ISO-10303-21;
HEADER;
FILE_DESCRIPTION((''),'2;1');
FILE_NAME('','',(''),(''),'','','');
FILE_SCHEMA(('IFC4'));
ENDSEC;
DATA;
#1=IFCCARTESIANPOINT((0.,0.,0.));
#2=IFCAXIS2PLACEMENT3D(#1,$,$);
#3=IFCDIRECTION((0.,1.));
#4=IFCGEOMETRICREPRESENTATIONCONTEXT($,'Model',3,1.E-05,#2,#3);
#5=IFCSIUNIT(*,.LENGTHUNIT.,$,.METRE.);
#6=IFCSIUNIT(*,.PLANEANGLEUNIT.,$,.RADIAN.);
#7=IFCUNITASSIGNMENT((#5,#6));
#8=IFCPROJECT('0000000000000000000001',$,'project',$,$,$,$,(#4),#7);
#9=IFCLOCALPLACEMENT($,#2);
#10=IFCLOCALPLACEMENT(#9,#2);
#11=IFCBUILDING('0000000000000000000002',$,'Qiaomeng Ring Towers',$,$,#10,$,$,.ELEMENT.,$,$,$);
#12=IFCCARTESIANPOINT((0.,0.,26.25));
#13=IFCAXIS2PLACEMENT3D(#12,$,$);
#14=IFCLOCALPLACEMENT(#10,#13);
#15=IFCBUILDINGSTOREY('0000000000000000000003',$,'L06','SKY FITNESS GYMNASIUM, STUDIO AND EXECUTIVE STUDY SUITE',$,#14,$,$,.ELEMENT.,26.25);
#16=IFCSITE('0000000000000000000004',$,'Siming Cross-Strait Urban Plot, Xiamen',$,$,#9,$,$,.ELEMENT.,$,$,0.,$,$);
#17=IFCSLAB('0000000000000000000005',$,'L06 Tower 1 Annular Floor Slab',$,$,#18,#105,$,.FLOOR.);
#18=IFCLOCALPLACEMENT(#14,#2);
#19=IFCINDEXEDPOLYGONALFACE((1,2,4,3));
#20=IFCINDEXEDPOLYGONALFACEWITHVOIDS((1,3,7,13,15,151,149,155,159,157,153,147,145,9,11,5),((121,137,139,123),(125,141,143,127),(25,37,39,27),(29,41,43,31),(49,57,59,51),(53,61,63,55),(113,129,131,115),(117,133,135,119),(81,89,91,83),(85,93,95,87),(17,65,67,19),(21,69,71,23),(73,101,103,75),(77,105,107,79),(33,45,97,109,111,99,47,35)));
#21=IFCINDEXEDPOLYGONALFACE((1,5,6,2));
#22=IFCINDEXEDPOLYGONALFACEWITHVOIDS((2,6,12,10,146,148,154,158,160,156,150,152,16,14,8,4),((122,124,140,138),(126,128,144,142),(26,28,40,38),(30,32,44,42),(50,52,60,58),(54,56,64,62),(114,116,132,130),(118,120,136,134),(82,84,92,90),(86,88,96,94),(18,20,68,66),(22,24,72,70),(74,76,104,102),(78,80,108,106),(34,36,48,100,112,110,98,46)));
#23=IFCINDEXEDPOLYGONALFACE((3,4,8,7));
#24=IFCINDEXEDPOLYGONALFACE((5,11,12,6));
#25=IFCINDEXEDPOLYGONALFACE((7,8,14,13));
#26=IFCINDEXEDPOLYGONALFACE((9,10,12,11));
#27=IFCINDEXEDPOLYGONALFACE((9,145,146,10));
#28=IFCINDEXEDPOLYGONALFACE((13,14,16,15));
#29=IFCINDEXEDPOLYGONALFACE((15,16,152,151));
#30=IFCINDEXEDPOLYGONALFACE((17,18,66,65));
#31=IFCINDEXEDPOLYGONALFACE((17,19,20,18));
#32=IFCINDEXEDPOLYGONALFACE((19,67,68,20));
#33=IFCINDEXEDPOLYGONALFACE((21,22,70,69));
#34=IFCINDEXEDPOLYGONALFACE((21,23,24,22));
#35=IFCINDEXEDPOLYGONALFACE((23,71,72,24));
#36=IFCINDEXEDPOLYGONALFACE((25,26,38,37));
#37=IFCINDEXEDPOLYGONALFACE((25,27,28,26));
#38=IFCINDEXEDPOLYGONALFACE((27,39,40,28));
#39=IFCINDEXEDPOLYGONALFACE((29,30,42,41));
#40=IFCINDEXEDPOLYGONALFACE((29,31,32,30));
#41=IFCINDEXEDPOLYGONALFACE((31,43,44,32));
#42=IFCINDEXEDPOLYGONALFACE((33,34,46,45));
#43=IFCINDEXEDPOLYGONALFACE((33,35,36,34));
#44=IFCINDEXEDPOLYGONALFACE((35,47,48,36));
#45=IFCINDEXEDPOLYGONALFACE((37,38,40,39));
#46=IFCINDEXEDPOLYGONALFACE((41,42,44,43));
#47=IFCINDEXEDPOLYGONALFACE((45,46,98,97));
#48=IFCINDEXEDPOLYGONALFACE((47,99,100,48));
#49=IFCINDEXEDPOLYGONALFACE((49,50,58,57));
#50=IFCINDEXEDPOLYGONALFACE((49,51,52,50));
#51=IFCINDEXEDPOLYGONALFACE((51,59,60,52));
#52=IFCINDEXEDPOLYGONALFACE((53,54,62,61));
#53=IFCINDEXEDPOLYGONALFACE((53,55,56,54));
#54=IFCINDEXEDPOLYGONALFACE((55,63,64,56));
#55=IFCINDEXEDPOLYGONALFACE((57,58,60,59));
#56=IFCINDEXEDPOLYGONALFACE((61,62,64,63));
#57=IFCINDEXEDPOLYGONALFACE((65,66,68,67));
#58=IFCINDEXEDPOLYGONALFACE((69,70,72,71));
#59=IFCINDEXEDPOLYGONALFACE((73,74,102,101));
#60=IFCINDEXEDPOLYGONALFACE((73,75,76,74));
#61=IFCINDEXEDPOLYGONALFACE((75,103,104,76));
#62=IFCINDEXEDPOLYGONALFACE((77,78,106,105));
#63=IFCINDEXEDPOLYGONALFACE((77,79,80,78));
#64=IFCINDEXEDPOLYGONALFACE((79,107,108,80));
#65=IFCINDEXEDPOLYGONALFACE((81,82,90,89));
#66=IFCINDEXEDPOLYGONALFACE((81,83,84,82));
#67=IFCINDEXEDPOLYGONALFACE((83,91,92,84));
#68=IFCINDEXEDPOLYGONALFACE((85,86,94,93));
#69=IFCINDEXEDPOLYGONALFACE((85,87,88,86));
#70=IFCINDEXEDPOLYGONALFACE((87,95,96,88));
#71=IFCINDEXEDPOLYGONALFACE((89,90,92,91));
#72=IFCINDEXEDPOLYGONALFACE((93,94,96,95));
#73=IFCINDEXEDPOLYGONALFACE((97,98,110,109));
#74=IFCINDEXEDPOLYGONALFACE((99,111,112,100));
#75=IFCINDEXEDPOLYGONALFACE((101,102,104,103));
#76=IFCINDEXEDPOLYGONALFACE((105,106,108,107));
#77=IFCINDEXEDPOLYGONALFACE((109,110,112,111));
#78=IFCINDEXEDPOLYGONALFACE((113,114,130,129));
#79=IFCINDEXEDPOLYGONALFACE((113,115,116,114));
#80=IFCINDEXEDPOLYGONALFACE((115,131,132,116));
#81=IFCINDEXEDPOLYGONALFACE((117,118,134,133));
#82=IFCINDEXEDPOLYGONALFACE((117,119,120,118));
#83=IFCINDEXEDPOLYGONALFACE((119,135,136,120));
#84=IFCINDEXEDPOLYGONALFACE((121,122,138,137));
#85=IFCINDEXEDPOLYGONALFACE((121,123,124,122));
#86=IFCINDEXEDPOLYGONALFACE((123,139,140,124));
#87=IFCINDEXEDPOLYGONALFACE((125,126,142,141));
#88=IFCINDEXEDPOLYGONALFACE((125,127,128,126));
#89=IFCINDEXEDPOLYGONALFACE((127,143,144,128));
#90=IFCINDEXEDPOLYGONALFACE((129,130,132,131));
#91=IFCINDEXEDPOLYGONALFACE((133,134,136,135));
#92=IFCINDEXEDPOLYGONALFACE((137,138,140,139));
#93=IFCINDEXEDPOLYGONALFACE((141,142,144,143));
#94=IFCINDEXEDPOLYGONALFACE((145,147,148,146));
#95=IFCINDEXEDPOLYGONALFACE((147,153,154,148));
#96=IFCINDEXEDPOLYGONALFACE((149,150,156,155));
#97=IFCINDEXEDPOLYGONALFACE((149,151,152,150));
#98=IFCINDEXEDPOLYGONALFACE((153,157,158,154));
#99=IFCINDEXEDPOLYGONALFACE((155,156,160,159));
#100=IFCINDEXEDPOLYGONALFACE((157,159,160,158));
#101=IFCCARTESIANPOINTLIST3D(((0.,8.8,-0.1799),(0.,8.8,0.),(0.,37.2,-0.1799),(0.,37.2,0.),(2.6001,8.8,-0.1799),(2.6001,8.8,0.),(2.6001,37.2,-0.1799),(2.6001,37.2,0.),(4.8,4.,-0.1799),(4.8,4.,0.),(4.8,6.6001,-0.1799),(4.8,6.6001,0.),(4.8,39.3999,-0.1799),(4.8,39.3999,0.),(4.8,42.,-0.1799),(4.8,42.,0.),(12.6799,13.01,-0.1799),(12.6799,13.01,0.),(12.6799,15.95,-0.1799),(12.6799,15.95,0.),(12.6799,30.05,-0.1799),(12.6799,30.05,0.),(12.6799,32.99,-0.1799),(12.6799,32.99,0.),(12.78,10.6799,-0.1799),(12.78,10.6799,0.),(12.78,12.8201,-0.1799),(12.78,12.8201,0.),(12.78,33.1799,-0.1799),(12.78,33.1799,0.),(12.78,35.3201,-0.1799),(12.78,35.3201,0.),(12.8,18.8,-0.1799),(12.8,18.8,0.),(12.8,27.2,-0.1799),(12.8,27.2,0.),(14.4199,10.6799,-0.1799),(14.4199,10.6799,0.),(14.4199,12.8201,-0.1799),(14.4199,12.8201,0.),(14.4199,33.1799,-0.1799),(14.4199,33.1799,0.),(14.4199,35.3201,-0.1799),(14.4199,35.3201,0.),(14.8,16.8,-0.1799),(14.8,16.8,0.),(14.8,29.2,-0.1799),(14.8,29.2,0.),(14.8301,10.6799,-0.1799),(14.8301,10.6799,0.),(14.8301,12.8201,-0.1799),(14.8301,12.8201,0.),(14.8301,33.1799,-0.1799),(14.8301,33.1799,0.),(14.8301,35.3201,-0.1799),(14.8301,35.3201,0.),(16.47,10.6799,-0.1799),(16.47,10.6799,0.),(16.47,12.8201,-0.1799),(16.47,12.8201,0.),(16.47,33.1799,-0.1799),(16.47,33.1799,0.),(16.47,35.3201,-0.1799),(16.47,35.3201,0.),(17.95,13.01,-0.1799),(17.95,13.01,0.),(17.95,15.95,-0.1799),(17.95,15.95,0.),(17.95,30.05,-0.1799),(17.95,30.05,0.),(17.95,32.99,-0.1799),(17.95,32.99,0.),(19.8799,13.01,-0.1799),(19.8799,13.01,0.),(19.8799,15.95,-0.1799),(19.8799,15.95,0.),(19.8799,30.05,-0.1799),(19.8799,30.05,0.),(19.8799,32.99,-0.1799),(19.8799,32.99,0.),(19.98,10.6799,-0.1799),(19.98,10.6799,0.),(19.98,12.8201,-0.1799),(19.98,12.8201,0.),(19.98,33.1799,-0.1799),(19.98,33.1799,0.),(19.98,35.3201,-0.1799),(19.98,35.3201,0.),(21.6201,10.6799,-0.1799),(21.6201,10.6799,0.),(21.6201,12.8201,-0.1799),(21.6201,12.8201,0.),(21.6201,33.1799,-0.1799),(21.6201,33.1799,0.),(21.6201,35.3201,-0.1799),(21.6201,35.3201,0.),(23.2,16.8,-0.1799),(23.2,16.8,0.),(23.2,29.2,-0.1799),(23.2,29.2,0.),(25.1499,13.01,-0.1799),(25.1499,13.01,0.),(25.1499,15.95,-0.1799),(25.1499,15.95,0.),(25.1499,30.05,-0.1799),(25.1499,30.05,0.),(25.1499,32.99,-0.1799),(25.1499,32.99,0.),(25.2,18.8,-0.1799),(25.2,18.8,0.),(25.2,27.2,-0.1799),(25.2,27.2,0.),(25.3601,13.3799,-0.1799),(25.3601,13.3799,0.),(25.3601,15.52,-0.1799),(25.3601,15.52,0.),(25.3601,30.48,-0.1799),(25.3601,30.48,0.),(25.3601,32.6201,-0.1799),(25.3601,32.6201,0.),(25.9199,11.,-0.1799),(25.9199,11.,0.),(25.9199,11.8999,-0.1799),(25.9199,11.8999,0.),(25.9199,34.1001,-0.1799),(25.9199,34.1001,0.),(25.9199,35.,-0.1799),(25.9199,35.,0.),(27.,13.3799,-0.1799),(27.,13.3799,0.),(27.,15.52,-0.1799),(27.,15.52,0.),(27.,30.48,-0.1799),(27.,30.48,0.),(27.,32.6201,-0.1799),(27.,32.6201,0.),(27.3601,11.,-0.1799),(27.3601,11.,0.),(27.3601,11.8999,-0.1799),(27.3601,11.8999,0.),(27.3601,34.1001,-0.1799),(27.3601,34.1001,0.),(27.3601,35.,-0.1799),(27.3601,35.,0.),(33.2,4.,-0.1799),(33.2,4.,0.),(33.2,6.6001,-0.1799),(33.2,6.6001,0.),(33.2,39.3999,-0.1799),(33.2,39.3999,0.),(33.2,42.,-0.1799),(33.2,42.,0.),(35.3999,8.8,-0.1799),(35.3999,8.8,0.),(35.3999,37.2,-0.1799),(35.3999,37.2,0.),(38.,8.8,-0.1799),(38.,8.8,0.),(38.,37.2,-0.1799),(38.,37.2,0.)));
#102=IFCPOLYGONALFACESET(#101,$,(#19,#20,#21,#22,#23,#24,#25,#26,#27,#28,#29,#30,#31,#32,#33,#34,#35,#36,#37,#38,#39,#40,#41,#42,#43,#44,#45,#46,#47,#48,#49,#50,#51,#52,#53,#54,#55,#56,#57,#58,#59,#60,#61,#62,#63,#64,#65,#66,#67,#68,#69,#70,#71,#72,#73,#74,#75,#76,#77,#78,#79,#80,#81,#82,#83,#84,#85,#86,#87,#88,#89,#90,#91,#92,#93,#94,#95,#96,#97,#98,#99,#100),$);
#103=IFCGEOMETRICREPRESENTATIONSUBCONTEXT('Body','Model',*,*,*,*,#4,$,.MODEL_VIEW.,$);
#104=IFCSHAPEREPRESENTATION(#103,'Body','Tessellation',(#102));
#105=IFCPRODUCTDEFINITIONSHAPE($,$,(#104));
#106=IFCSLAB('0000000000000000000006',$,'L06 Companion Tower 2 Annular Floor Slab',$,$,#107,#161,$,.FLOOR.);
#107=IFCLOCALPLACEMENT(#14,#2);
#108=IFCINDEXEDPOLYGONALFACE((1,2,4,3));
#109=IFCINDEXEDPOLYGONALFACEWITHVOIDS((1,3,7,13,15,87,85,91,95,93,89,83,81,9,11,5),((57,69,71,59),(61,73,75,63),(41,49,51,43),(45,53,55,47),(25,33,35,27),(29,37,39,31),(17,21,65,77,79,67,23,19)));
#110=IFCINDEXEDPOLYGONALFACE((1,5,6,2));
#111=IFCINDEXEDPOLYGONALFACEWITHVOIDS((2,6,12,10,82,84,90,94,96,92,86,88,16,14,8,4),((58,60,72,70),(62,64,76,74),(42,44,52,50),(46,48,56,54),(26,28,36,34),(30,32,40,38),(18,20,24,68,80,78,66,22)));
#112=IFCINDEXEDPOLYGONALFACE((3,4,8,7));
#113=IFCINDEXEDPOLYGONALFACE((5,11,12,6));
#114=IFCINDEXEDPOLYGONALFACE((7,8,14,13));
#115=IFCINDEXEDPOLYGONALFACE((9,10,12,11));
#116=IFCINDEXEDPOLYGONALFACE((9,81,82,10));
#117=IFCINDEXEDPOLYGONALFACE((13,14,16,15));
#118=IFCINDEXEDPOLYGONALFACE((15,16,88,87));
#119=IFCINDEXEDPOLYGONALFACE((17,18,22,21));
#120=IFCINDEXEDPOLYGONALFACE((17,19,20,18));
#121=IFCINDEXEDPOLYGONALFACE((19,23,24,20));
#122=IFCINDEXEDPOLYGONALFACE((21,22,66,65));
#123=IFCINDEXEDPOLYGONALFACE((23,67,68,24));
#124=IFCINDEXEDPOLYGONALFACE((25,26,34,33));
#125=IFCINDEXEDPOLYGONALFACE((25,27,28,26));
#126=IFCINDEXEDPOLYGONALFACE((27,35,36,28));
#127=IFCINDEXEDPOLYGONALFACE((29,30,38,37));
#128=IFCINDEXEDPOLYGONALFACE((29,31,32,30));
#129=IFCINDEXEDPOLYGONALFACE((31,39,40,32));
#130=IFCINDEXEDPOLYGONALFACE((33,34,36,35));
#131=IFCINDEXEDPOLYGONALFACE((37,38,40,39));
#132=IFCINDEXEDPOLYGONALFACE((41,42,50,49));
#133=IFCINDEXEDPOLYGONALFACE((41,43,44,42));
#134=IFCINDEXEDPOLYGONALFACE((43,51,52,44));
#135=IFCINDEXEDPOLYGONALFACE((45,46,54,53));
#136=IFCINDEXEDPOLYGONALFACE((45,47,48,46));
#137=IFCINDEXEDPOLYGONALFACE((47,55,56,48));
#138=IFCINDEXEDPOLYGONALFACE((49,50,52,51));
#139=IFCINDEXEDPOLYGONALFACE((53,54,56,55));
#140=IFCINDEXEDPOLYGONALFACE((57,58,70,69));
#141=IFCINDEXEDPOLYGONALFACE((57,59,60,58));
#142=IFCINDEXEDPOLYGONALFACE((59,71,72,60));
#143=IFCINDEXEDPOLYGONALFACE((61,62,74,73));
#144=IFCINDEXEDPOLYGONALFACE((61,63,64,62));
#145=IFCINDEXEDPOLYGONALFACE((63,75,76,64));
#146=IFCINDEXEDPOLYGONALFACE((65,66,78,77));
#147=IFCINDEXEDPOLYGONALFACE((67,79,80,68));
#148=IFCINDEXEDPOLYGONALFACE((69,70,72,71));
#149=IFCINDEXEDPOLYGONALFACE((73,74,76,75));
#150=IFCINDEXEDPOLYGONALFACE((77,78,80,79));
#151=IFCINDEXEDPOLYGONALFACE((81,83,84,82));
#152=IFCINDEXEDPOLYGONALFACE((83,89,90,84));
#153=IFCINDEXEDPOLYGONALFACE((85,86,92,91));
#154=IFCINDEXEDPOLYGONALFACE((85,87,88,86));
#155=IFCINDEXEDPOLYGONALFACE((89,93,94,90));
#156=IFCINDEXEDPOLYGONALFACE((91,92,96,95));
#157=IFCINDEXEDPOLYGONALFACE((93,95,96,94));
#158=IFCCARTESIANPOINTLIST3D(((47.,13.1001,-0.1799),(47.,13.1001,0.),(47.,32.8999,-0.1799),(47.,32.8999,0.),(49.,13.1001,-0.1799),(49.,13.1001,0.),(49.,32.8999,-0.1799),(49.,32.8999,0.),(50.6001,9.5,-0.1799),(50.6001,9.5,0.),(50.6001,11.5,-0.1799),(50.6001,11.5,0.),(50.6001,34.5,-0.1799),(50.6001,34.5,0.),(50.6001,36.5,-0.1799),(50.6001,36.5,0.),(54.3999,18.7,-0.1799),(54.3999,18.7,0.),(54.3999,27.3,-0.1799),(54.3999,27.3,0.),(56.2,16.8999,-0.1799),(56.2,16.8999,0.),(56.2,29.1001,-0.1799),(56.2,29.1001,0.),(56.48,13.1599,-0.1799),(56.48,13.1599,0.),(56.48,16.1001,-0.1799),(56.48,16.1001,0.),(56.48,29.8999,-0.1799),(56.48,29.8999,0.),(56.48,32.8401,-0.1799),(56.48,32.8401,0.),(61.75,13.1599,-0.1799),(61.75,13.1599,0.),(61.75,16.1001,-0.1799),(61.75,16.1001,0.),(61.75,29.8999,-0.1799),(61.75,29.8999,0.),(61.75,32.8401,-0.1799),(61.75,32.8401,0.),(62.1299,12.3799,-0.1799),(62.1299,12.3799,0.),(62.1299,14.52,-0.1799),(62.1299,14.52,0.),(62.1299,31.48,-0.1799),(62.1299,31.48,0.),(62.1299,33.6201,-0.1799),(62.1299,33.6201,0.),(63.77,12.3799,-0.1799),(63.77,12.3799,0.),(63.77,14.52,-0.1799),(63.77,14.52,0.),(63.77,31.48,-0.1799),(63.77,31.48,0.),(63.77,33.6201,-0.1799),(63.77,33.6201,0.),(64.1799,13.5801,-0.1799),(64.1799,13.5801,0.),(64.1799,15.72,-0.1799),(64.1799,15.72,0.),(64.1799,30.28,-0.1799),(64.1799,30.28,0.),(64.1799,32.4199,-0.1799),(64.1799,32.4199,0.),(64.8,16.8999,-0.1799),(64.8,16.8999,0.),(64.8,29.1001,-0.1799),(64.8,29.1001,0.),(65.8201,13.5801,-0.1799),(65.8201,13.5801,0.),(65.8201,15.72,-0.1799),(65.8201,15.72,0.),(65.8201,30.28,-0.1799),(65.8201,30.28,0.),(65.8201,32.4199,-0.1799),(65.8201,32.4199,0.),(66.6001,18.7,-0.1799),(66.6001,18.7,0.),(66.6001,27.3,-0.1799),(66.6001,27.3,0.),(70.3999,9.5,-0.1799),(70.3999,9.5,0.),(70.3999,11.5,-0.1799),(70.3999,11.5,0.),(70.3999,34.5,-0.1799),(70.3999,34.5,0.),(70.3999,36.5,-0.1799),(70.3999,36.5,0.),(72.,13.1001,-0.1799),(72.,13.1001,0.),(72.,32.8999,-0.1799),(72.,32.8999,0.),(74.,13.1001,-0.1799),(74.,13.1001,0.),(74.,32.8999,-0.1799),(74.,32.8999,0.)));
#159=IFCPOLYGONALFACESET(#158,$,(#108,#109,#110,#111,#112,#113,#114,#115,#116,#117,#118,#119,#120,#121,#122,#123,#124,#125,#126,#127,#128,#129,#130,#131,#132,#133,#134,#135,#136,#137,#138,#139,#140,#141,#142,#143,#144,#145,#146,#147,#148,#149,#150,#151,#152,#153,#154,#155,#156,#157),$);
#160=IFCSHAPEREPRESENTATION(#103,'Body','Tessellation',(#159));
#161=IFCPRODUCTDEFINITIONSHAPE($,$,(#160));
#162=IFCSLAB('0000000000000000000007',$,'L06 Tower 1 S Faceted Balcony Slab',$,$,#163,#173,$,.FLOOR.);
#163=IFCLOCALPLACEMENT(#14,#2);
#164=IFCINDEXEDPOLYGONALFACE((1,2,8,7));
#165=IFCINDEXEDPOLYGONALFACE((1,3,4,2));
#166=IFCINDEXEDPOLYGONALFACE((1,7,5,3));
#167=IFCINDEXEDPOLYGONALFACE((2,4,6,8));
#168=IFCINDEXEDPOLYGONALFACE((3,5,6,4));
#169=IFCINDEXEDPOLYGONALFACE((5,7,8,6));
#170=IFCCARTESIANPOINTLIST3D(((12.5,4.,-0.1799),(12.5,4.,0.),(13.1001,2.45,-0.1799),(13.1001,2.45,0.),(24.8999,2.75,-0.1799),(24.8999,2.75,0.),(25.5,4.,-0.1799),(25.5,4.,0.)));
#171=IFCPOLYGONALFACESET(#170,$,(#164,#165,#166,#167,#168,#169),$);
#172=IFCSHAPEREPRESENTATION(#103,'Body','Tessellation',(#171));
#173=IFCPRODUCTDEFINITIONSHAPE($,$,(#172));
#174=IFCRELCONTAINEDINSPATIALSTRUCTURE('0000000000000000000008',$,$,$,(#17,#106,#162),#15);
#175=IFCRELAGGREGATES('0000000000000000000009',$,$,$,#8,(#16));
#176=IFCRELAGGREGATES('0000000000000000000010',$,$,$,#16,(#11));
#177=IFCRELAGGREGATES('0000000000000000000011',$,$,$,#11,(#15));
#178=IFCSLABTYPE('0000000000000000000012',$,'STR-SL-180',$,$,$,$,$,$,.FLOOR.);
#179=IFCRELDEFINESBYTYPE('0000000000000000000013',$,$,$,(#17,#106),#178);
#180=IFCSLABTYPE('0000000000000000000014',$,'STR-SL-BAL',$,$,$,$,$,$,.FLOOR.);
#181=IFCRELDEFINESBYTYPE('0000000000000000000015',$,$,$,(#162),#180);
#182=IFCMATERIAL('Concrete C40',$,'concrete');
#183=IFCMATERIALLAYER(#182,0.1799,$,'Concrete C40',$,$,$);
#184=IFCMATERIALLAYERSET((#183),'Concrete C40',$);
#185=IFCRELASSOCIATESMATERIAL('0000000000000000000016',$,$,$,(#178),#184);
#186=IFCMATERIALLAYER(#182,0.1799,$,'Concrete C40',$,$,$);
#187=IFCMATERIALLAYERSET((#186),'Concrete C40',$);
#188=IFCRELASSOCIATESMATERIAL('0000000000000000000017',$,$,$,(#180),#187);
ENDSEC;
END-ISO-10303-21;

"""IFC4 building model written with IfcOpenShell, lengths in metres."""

from ifc_helpers import new_model, si_unit, direction, frame, origin, place, context, subcontext, project, spatial, polyline, outline, extrude, material, layer, layer_set, type_object, element, save


model = new_model("IFC4")

# Units and contexts
model_context = context("Model", 3, precision=1e-05, world=origin(), true_north=direction((0.0, 1.0)))
body_context = subcontext(model_context, "Body", "Model", "MODEL_VIEW")
ifc_project = project(units=[si_unit("LENGTHUNIT", "METRE"), si_unit("PLANEANGLEUNIT", "RADIAN")], contexts=[model_context])

# Site, building, storey
site_placement = place(None, origin())
site = spatial("IfcSite", under=ifc_project, at=site_placement, Name="Siming Cross-Strait Urban Plot, Xiamen", CompositionType="ELEMENT", RefElevation=0.0)
building_placement = place(site_placement, origin())
building = spatial("IfcBuilding", under=site, at=building_placement, Name="Qiaomeng Ring Towers", CompositionType="ELEMENT")
storey_placement = place(building_placement, frame((0.0, 0.0, 26.25)))
storey = spatial("IfcBuildingStorey", under=building, at=storey_placement, Name="L06", Description="SKY FITNESS GYMNASIUM, STUDIO AND EXECUTIVE STUDY SUITE", CompositionType="ELEMENT", Elevation=26.25)

# Slabs
ifc_material_1 = material(Name="Concrete C40", Category="concrete")
ifc_layer_1 = layer(ifc_material_1, 0.1799, Name="Concrete C40")
ifc_layer_set_1 = layer_set([ifc_layer_1], Name="Concrete C40")
slab_type_1 = type_object("IfcSlabType", Name="STR-SL-180", PredefinedType="FLOOR", material=ifc_layer_set_1)
slab_1_placement = place(storey_placement, frame((0.0, 0.0, -0.1799)))
element("IfcSlab", 1, at=slab_1_placement, inside=storey, type_object=slab_type_1, Name="L06 Tower 1 Annular Floor Slab", PredefinedType="FLOOR", context=body_context, shape_type="SweptSolid", body=[
    extrude(outline(polyline([(4.8, 4.0), (33.2, 4.0), (33.2, 6.6001), (35.3999, 8.8), (38.0, 8.8), (38.0, 37.2), (35.3999, 37.2), (33.2, 39.3999), (33.2, 42.0), (4.8, 42.0), (4.8, 39.3999), (2.6001, 37.2), (0.0, 37.2), (0.0, 8.8), (2.6001, 8.8), (4.8, 6.6001), (4.8, 4.0)]), holes=[polyline([(12.78, 10.6799), (12.78, 12.8201), (14.4199, 12.8201), (14.4199, 10.6799), (12.78, 10.6799)]), polyline([(14.8301, 12.8201), (16.47, 12.8201), (16.47, 10.6799), (14.8301, 10.6799), (14.8301, 12.8201)]), polyline([(12.6799, 15.95), (17.95, 15.95), (17.95, 13.01), (12.6799, 13.01), (12.6799, 15.95)]), polyline([(25.2, 27.2), (25.2, 18.8), (23.2, 16.8), (14.8, 16.8), (12.8, 18.8), (12.8, 27.2), (14.8, 29.2), (23.2, 29.2), (25.2, 27.2)]), polyline([(12.6799, 32.99), (17.95, 32.99), (17.95, 30.05), (12.6799, 30.05), (12.6799, 32.99)]), polyline([(12.78, 35.3201), (14.4199, 35.3201), (14.4199, 33.1799), (12.78, 33.1799), (12.78, 35.3201)]), polyline([(14.8301, 35.3201), (16.47, 35.3201), (16.47, 33.1799), (14.8301, 33.1799), (14.8301, 35.3201)]), polyline([(19.98, 35.3201), (21.6201, 35.3201), (21.6201, 33.1799), (19.98, 33.1799), (19.98, 35.3201)]), polyline([(25.9199, 11.8999), (27.3601, 11.8999), (27.3601, 11.0), (25.9199, 11.0), (25.9199, 11.8999)]), polyline([(19.98, 12.8201), (21.6201, 12.8201), (21.6201, 10.6799), (19.98, 10.6799), (19.98, 12.8201)]), polyline([(25.3601, 15.52), (27.0, 15.52), (27.0, 13.3799), (25.3601, 13.3799), (25.3601, 15.52)]), polyline([(19.8799, 15.95), (25.1499, 15.95), (25.1499, 13.01), (19.8799, 13.01), (19.8799, 15.95)]), polyline([(19.8799, 32.99), (25.1499, 32.99), (25.1499, 30.05), (19.8799, 30.05), (19.8799, 32.99)]), polyline([(25.3601, 32.6201), (27.0, 32.6201), (27.0, 30.48), (25.3601, 30.48), (25.3601, 32.6201)]), polyline([(25.9199, 35.0), (27.3601, 35.0), (27.3601, 34.1001), (25.9199, 34.1001), (25.9199, 35.0)])]), origin(), (0.0, 0.0, 1.0), 0.1799),
])
slab_2_placement = place(storey_placement, frame((0.0, 0.0, -0.1799)))
element("IfcSlab", 2, at=slab_2_placement, inside=storey, type_object=slab_type_1, Name="L06 Companion Tower 2 Annular Floor Slab", PredefinedType="FLOOR", context=body_context, shape_type="SweptSolid", body=[
    extrude(outline(polyline([(50.6001, 9.5), (70.3999, 9.5), (70.3999, 11.5), (72.0, 13.1001), (74.0, 13.1001), (74.0, 32.8999), (72.0, 32.8999), (70.3999, 34.5), (70.3999, 36.5), (50.6001, 36.5), (50.6001, 34.5), (49.0, 32.8999), (47.0, 32.8999), (47.0, 13.1001), (49.0, 13.1001), (50.6001, 11.5), (50.6001, 9.5)]), holes=[polyline([(62.1299, 12.3799), (62.1299, 14.52), (63.77, 14.52), (63.77, 12.3799), (62.1299, 12.3799)]), polyline([(56.48, 13.1599), (56.48, 16.1001), (61.75, 16.1001), (61.75, 13.1599), (56.48, 13.1599)]), polyline([(64.1799, 13.5801), (64.1799, 15.72), (65.8201, 15.72), (65.8201, 13.5801), (64.1799, 13.5801)]), polyline([(64.8, 29.1001), (66.6001, 27.3), (66.6001, 18.7), (64.8, 16.8999), (56.2, 16.8999), (54.3999, 18.7), (54.3999, 27.3), (56.2, 29.1001), (64.8, 29.1001)]), polyline([(64.1799, 30.28), (64.1799, 32.4199), (65.8201, 32.4199), (65.8201, 30.28), (64.1799, 30.28)]), polyline([(56.48, 32.8401), (61.75, 32.8401), (61.75, 29.8999), (56.48, 29.8999), (56.48, 32.8401)]), polyline([(62.1299, 33.6201), (63.77, 33.6201), (63.77, 31.48), (62.1299, 31.48), (62.1299, 33.6201)])]), origin(), (0.0, 0.0, 1.0), 0.1799),
])
ifc_layer_2 = layer(ifc_material_1, 0.1799, Name="Concrete C40")
ifc_layer_set_2 = layer_set([ifc_layer_2], Name="Concrete C40")
slab_type_2 = type_object("IfcSlabType", Name="STR-SL-BAL", PredefinedType="FLOOR", material=ifc_layer_set_2)
slab_3_placement = place(storey_placement, frame((0.0, 0.0, -0.1799)))
element("IfcSlab", 3, at=slab_3_placement, inside=storey, type_object=slab_type_2, Name="L06 Tower 1 S Faceted Balcony Slab", PredefinedType="FLOOR", context=body_context, shape_type="SweptSolid", body=[
    extrude(outline(polyline([(24.8999, 2.75), (13.1001, 2.45), (12.5, 4.0), (25.5, 4.0), (24.8999, 2.75)])), origin(), (0.0, 0.0, 1.0), 0.1799),
])

save(model, "model.ifc")
